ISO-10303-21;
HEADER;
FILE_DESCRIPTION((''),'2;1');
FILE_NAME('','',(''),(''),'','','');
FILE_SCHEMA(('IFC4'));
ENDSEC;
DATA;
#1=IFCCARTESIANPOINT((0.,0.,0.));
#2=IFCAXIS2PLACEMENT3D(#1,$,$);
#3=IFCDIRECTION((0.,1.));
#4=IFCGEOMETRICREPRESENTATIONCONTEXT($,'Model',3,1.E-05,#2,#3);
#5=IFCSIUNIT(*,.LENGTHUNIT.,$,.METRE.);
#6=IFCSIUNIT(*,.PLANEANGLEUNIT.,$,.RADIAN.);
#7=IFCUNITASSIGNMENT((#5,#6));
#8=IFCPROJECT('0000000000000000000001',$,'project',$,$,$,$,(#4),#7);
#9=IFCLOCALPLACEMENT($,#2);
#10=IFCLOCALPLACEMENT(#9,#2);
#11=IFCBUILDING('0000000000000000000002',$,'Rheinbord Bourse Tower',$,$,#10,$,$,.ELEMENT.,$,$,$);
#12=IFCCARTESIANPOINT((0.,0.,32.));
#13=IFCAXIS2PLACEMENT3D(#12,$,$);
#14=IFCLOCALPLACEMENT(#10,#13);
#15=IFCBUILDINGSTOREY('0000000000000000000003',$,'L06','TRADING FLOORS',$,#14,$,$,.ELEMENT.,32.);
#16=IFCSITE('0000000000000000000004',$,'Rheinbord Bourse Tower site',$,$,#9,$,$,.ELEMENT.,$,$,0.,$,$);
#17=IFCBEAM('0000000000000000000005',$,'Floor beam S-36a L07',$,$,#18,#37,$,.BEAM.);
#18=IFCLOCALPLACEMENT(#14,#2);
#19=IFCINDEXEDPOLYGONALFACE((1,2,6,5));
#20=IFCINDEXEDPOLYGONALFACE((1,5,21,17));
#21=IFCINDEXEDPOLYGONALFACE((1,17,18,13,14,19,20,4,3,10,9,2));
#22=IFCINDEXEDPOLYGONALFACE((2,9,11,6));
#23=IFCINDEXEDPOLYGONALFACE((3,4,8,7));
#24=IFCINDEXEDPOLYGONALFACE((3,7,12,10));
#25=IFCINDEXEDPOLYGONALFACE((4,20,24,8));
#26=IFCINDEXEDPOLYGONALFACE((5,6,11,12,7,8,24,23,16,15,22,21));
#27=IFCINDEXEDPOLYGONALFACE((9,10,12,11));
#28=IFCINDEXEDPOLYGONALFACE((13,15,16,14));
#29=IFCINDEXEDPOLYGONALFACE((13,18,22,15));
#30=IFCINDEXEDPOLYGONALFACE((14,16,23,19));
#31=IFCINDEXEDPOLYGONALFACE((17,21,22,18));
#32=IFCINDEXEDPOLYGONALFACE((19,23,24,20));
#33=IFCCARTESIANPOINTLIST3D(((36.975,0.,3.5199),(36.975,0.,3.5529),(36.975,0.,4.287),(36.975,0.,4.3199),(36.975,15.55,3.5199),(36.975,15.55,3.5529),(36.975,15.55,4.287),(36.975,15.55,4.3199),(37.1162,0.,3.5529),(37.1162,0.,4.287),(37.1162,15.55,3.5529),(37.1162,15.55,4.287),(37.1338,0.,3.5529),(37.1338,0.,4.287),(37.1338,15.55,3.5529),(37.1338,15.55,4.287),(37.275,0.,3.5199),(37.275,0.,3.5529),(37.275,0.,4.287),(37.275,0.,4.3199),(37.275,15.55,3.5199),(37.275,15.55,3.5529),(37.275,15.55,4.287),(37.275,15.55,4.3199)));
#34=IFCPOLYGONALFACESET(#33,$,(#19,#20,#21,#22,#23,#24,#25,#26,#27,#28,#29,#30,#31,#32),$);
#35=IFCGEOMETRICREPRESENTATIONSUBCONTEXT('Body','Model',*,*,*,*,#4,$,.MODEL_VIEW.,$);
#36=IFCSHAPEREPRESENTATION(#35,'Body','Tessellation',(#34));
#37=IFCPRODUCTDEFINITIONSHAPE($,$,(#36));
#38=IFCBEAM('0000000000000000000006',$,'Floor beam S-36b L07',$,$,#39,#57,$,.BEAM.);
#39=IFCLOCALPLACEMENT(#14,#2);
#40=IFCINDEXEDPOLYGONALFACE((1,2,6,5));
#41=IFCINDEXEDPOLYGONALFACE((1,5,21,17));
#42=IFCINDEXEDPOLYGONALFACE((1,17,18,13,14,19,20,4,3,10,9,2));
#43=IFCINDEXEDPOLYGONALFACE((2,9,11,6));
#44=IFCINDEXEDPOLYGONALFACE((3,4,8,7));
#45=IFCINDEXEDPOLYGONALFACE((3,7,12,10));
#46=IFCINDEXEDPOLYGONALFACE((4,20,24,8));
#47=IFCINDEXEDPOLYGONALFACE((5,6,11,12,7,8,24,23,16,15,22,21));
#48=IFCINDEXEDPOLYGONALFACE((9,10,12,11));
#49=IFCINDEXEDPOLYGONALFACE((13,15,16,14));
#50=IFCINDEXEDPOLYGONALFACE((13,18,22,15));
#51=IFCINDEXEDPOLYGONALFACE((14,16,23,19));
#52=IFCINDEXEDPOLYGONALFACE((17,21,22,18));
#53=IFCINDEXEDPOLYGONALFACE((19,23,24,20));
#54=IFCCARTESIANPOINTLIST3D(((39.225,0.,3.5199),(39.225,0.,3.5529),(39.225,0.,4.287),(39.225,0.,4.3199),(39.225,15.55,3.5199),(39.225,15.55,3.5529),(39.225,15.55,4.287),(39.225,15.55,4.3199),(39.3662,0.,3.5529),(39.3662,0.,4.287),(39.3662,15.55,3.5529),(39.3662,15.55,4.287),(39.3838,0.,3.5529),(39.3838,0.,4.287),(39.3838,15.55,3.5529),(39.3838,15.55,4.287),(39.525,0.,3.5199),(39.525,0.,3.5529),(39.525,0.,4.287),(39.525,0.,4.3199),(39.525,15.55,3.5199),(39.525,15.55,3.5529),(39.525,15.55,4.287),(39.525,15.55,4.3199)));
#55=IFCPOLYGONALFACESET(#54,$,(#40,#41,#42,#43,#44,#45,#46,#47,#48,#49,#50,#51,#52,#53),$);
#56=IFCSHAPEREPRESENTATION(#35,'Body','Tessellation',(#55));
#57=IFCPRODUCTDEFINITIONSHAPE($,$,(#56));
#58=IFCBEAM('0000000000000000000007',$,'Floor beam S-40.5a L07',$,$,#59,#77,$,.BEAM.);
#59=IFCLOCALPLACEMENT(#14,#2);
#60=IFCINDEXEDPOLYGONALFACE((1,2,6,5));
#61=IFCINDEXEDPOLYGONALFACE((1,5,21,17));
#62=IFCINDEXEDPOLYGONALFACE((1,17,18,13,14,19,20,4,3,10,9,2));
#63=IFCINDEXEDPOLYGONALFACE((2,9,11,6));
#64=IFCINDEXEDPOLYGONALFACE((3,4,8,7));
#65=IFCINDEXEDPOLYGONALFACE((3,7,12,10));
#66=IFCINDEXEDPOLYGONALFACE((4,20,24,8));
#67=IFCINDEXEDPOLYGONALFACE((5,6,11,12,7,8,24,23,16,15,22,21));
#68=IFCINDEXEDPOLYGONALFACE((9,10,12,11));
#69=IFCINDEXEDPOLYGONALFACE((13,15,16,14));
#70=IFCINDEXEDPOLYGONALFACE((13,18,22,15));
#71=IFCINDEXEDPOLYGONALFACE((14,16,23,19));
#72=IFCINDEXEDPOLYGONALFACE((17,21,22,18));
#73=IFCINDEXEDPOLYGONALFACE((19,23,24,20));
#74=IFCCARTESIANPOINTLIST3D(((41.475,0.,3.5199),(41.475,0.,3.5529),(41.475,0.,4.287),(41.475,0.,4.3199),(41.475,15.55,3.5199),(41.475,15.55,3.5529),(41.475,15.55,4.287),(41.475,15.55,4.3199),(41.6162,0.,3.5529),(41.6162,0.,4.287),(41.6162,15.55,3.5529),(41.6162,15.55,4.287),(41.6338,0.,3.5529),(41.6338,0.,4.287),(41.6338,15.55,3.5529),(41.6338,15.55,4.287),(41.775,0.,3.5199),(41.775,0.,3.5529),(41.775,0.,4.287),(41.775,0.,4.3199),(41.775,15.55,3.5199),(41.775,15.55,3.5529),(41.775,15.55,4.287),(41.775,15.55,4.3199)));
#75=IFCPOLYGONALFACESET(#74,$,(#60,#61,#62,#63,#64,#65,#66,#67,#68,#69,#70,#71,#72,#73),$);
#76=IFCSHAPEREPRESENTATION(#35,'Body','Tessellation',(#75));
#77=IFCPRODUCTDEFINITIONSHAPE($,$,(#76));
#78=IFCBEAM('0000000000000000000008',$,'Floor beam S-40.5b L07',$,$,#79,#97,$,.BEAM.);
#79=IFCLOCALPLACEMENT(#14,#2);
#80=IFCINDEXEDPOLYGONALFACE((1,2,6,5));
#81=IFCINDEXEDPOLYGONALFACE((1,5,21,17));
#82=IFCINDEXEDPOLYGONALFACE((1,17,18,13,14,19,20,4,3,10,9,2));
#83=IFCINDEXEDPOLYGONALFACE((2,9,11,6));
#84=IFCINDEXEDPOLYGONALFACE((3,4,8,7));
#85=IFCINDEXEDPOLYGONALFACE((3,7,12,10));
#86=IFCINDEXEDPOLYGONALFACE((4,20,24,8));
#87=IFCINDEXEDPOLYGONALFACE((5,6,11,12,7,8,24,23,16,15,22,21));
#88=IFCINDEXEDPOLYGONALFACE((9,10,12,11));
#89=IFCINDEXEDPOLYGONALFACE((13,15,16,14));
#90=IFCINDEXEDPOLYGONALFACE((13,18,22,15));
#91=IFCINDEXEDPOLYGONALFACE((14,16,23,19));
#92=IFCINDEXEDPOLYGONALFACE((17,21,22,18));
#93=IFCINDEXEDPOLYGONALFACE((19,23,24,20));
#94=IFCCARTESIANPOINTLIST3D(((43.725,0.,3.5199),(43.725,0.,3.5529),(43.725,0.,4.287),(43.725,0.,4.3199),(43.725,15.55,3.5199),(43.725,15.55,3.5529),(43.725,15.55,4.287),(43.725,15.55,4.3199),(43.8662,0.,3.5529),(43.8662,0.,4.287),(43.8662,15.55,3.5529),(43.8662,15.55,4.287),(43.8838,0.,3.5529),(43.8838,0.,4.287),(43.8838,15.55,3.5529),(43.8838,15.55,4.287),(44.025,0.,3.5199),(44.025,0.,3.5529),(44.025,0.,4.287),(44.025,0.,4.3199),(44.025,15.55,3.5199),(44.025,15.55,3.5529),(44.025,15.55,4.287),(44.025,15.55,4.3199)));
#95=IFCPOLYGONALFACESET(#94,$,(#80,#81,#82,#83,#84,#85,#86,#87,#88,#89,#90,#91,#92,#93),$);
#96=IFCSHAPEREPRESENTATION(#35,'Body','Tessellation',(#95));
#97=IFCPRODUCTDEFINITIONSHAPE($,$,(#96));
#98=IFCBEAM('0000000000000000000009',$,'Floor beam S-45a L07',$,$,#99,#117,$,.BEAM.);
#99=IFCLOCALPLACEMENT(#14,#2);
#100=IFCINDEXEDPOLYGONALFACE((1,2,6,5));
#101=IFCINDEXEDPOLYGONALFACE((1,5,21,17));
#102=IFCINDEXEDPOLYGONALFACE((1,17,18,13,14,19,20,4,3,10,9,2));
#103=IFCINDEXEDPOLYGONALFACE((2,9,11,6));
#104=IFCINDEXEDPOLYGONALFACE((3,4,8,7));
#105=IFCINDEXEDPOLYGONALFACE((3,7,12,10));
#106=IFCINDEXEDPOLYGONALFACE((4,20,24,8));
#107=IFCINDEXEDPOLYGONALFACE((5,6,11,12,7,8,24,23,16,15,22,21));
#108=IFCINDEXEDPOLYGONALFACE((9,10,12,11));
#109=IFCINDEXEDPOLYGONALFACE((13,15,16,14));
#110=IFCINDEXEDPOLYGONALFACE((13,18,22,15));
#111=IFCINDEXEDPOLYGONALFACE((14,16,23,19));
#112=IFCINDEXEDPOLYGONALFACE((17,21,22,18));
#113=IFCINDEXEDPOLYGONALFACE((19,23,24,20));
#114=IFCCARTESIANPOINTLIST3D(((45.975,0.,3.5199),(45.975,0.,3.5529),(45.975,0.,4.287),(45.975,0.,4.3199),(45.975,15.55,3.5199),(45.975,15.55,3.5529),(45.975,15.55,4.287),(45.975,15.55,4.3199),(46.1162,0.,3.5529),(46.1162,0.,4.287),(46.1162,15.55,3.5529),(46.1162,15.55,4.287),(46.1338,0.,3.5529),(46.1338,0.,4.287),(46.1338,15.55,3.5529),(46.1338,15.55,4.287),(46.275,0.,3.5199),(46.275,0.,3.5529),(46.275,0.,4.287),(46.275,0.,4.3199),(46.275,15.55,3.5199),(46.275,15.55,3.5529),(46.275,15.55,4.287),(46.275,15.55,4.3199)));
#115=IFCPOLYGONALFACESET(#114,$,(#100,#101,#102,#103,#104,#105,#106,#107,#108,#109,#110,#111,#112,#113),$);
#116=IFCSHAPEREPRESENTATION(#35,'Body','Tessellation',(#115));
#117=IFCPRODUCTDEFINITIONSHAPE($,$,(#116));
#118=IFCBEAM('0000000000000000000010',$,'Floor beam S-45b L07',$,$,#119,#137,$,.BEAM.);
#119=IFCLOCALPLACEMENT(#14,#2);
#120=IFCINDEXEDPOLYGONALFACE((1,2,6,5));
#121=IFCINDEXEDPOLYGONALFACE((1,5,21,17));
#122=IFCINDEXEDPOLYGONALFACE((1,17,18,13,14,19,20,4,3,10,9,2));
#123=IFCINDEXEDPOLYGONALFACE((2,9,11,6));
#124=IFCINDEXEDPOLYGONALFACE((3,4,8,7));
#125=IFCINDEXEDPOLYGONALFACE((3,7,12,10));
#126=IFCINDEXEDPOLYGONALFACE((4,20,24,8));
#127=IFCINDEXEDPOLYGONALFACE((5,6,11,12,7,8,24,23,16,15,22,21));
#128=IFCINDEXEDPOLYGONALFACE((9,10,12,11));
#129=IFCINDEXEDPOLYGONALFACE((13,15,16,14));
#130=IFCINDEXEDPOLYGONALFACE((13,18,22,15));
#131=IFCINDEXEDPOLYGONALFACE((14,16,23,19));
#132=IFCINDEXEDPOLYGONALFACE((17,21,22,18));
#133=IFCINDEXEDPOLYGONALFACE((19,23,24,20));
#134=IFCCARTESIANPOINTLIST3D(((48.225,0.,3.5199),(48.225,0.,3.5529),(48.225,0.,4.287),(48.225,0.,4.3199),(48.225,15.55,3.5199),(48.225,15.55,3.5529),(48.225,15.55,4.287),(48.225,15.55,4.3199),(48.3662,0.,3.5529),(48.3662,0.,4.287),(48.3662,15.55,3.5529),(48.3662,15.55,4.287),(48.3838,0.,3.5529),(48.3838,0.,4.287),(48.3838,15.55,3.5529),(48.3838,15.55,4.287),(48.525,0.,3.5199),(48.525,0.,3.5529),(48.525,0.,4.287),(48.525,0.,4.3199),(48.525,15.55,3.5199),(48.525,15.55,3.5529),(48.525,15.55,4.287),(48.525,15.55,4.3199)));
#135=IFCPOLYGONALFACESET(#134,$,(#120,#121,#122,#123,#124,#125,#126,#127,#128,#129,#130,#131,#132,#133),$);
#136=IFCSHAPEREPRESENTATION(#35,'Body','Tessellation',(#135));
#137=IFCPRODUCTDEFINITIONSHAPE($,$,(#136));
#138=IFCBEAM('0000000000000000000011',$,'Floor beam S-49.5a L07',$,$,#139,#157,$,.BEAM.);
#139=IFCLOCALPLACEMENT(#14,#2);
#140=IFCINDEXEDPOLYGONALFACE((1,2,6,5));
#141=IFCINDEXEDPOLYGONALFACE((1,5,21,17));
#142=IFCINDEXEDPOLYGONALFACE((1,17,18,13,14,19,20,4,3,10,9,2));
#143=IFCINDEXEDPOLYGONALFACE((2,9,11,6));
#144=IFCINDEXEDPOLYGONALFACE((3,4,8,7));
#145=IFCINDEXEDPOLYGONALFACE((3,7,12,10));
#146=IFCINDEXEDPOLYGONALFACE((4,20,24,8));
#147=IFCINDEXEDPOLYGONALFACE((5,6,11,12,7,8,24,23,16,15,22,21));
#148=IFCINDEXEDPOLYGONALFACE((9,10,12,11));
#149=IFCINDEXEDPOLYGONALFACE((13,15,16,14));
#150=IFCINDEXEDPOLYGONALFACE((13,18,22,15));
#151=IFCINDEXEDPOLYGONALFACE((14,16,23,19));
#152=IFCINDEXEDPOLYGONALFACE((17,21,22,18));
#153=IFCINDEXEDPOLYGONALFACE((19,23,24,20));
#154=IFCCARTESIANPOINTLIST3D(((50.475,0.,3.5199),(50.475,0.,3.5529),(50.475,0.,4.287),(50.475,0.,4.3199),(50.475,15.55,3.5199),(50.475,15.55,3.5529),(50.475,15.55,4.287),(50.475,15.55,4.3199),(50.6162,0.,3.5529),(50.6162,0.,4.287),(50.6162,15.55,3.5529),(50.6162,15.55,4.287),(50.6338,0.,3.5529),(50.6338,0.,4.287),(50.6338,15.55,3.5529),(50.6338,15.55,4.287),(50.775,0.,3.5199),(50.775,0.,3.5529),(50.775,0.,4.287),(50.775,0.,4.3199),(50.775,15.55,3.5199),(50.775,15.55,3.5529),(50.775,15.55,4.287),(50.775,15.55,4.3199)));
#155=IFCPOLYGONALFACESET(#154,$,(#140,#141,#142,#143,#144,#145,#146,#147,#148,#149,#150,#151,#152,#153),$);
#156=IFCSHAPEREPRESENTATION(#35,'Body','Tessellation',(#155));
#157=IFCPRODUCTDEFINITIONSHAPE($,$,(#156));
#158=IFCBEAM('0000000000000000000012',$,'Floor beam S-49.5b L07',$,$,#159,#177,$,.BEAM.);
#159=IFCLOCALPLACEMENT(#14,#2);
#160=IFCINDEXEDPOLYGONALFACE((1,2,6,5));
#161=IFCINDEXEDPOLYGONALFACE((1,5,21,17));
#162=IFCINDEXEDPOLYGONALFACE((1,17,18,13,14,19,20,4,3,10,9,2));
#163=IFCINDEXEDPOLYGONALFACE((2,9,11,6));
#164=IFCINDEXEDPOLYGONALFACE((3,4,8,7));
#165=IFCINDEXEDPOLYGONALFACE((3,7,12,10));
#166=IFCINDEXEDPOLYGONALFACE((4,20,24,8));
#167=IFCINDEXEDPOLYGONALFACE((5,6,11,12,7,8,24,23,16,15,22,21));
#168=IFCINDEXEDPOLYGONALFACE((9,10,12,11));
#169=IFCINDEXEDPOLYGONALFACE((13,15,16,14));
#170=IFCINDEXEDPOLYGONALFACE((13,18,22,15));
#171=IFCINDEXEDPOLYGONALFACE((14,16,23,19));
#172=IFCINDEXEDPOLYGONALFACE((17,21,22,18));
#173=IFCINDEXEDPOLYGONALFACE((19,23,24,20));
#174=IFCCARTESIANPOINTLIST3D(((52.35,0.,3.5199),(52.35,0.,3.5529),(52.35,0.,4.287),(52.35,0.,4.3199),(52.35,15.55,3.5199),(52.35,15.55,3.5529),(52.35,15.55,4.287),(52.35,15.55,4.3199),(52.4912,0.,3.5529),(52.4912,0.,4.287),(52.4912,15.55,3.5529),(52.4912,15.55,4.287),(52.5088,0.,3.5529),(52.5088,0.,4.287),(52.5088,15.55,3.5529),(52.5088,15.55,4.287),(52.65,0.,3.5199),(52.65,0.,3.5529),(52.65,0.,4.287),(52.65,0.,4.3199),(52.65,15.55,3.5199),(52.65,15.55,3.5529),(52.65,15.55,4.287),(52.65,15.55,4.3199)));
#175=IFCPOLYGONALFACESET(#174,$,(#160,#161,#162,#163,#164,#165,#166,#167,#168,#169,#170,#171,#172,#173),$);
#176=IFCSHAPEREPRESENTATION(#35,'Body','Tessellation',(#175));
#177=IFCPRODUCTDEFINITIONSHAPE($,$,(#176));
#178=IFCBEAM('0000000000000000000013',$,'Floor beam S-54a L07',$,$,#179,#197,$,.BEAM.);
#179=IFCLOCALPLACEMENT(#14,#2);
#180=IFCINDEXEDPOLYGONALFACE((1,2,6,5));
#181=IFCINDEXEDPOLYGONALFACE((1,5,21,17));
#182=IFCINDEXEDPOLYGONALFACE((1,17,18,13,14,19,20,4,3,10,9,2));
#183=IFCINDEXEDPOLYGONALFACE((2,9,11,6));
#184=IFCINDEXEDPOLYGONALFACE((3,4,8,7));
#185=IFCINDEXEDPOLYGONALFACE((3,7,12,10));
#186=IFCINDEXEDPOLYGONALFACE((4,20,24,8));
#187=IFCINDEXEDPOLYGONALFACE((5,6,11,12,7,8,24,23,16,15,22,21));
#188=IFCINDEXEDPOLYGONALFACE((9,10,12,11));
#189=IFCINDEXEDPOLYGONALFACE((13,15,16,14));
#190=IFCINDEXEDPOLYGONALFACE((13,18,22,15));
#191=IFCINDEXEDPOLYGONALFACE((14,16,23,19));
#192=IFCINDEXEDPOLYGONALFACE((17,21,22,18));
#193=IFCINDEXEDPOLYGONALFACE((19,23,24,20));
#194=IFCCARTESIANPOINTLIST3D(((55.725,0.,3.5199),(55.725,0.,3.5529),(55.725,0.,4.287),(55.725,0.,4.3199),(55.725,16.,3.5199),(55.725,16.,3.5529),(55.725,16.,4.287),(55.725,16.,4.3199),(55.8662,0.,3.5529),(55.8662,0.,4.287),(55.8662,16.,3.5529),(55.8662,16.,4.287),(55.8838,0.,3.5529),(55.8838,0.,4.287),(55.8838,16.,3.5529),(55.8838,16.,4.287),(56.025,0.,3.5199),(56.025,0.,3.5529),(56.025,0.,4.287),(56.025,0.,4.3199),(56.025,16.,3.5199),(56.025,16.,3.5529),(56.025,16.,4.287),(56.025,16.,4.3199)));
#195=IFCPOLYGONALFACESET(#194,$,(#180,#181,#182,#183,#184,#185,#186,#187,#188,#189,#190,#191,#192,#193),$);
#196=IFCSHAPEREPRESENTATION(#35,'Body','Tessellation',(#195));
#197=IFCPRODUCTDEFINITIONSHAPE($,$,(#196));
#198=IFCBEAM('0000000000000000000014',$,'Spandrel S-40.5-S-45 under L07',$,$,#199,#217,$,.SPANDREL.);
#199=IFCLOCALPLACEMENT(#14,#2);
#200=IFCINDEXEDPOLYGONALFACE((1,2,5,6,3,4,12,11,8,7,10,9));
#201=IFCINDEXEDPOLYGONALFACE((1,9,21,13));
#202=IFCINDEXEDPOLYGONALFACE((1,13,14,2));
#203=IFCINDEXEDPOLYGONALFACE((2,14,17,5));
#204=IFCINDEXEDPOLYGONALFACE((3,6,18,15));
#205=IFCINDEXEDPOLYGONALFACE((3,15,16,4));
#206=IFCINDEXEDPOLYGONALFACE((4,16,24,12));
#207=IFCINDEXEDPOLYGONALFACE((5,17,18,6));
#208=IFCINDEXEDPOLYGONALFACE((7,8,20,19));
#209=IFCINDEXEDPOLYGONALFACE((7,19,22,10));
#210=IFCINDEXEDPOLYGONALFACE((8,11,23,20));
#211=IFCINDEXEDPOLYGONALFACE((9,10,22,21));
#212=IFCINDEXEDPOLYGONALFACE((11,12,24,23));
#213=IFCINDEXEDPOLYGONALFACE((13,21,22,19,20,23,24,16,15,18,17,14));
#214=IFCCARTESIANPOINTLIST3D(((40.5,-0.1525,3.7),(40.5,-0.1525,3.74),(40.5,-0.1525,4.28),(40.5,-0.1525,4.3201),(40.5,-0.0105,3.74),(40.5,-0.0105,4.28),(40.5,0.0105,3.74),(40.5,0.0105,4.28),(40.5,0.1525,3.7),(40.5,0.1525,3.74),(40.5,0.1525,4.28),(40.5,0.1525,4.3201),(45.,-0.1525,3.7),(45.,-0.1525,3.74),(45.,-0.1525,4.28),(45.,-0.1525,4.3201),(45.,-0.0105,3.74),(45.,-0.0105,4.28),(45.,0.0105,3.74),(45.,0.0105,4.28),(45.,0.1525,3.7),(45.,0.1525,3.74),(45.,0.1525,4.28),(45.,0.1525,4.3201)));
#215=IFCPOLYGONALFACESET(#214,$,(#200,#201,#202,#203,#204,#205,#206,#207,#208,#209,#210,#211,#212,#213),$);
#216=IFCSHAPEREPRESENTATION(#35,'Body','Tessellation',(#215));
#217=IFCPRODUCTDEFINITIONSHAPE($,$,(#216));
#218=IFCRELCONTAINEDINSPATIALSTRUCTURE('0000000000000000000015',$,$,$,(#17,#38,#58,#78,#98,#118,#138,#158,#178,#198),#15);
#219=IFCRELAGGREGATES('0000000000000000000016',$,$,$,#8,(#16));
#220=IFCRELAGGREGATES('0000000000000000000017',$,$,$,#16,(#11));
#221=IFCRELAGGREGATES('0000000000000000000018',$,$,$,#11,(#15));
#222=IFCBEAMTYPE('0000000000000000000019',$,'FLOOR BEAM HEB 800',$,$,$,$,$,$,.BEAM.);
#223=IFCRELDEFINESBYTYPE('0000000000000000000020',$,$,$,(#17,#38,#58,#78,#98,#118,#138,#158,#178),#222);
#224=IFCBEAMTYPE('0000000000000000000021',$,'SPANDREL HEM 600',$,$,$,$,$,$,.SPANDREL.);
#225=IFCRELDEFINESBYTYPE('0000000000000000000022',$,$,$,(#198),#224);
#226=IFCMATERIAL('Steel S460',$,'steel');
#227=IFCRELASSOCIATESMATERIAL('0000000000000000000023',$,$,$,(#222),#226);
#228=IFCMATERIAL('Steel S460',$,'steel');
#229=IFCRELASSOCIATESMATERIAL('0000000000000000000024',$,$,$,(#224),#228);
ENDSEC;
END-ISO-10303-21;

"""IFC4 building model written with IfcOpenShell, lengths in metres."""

from ifc_helpers import new_model, si_unit, direction, frame, origin, origin_2d, place, context, subcontext, project, spatial, i_section, extrude, material, material_profile, profile_set, type_object, element, save


model = new_model("IFC4")

# Units and contexts
model_context = context("Model", 3, precision=1e-05, world=origin(), true_north=direction((0.0, 1.0)))
body_context = subcontext(model_context, "Body", "Model", "MODEL_VIEW")
ifc_project = project(units=[si_unit("LENGTHUNIT", "METRE"), si_unit("PLANEANGLEUNIT", "RADIAN")], contexts=[model_context])

# Site, building, storey
site_placement = place(None, origin())
site = spatial("IfcSite", under=ifc_project, at=site_placement, Name="Rheinbord Bourse Tower site", CompositionType="ELEMENT", RefElevation=0.0)
building_placement = place(site_placement, origin())
building = spatial("IfcBuilding", under=site, at=building_placement, Name="Rheinbord Bourse Tower", CompositionType="ELEMENT")
storey_placement = place(building_placement, frame((0.0, 0.0, 32.0)))
storey = spatial("IfcBuildingStorey", under=building, at=storey_placement, Name="L06", Description="TRADING FLOORS", CompositionType="ELEMENT", Elevation=32.0)

# Beams
ifc_material_1 = material(Name="Steel S460", Category="steel")
ifc_material_profile_1 = material_profile(ifc_material_1, i_section(OverallWidth=0.3, OverallDepth=0.8, WebThickness=0.0176, FlangeThickness=0.033, at=origin_2d()), Name="HEB 800")
ifc_profile_set_1 = profile_set([ifc_material_profile_1], Name="Steel S460")
beam_type_1 = type_object("IfcBeamType", Name="FLOOR BEAM HEB 800", PredefinedType="BEAM", material=ifc_profile_set_1)
for number, where, z_axis, x_axis, name in (
    (1, (37.125, 0.0, 3.9199), (0.0, 1.0, 0.0), (-1.0, 0.0, 0.0), "Floor beam S-36a L07"),
    (2, (39.375, 0.0, 3.9199), (0.0, 1.0, 0.0), (-1.0, 0.0, 0.0), "Floor beam S-36b L07"),
    (3, (41.625, 0.0, 3.9199), (0.0, 1.0, 0.0), (-1.0, 0.0, 0.0), "Floor beam S-40.5a L07"),
    (4, (43.875, 0.0, 3.9199), (0.0, 1.0, 0.0), (-1.0, 0.0, 0.0), "Floor beam S-40.5b L07"),
    (5, (46.125, 0.0, 3.9199), (0.0, 1.0, 0.0), (-1.0, 0.0, 0.0), "Floor beam S-45a L07"),
    (6, (48.375, 0.0, 3.9199), (0.0, 1.0, 0.0), (-1.0, 0.0, 0.0), "Floor beam S-45b L07"),
    (7, (50.625, 0.0, 3.9199), (0.0, 1.0, 0.0), (-1.0, 0.0, 0.0), "Floor beam S-49.5a L07"),
    (8, (52.5, 0.0, 3.9199), (0.0, 1.0, 0.0), (-1.0, 0.0, 0.0), "Floor beam S-49.5b L07"),
):
    element("IfcBeam", number, at=place(storey_placement, frame(where, z_axis=z_axis, x_axis=x_axis)), inside=storey, type_object=beam_type_1, Name=name, PredefinedType="BEAM", context=body_context, shape_type="SweptSolid", body=[
        extrude(i_section(OverallWidth=0.3, OverallDepth=0.8, WebThickness=0.0176, FlangeThickness=0.033, at=origin_2d()), origin(), (0.0, 0.0, 1.0), 15.55),
    ])
beam_placement = place(storey_placement, frame((55.875, 0.0, 3.9199), z_axis=(0.0, 1.0, 0.0), x_axis=(-1.0, 0.0, 0.0)))
element("IfcBeam", 9, at=beam_placement, inside=storey, type_object=beam_type_1, Name="Floor beam S-54a L07", PredefinedType="BEAM", context=body_context, shape_type="SweptSolid", body=[
    extrude(i_section(OverallWidth=0.3, OverallDepth=0.8, WebThickness=0.0176, FlangeThickness=0.033, at=origin_2d()), origin(), (0.0, 0.0, 1.0), 16.0),
])
ifc_material_2 = material(Name="Steel S460", Category="steel")
ifc_material_profile_2 = material_profile(ifc_material_2, i_section(OverallWidth=0.3049, OverallDepth=0.6201, WebThickness=0.021, FlangeThickness=0.04, at=origin_2d()), Name="HEM 600")
ifc_profile_set_2 = profile_set([ifc_material_profile_2], Name="Steel S460")
beam_type_2 = type_object("IfcBeamType", Name="SPANDREL HEM 600", PredefinedType="SPANDREL", material=ifc_profile_set_2)
for number, where, z_axis, x_axis, name in (
    (10, (40.5, 0.0, 4.01), (1.0, 0.0, 0.0), (0.0, 1.0, 0.0), "Spandrel S-40.5-S-45 under L07"),
):
    element("IfcBeam", number, at=place(storey_placement, frame(where, z_axis=z_axis, x_axis=x_axis)), inside=storey, type_object=beam_type_2, Name=name, PredefinedType="SPANDREL", context=body_context, shape_type="SweptSolid", body=[
        extrude(i_section(OverallWidth=0.3049, OverallDepth=0.6201, WebThickness=0.021, FlangeThickness=0.04, at=origin_2d()), origin(), (0.0, 0.0, 1.0), 4.5),
    ])

save(model, "model.ifc")
